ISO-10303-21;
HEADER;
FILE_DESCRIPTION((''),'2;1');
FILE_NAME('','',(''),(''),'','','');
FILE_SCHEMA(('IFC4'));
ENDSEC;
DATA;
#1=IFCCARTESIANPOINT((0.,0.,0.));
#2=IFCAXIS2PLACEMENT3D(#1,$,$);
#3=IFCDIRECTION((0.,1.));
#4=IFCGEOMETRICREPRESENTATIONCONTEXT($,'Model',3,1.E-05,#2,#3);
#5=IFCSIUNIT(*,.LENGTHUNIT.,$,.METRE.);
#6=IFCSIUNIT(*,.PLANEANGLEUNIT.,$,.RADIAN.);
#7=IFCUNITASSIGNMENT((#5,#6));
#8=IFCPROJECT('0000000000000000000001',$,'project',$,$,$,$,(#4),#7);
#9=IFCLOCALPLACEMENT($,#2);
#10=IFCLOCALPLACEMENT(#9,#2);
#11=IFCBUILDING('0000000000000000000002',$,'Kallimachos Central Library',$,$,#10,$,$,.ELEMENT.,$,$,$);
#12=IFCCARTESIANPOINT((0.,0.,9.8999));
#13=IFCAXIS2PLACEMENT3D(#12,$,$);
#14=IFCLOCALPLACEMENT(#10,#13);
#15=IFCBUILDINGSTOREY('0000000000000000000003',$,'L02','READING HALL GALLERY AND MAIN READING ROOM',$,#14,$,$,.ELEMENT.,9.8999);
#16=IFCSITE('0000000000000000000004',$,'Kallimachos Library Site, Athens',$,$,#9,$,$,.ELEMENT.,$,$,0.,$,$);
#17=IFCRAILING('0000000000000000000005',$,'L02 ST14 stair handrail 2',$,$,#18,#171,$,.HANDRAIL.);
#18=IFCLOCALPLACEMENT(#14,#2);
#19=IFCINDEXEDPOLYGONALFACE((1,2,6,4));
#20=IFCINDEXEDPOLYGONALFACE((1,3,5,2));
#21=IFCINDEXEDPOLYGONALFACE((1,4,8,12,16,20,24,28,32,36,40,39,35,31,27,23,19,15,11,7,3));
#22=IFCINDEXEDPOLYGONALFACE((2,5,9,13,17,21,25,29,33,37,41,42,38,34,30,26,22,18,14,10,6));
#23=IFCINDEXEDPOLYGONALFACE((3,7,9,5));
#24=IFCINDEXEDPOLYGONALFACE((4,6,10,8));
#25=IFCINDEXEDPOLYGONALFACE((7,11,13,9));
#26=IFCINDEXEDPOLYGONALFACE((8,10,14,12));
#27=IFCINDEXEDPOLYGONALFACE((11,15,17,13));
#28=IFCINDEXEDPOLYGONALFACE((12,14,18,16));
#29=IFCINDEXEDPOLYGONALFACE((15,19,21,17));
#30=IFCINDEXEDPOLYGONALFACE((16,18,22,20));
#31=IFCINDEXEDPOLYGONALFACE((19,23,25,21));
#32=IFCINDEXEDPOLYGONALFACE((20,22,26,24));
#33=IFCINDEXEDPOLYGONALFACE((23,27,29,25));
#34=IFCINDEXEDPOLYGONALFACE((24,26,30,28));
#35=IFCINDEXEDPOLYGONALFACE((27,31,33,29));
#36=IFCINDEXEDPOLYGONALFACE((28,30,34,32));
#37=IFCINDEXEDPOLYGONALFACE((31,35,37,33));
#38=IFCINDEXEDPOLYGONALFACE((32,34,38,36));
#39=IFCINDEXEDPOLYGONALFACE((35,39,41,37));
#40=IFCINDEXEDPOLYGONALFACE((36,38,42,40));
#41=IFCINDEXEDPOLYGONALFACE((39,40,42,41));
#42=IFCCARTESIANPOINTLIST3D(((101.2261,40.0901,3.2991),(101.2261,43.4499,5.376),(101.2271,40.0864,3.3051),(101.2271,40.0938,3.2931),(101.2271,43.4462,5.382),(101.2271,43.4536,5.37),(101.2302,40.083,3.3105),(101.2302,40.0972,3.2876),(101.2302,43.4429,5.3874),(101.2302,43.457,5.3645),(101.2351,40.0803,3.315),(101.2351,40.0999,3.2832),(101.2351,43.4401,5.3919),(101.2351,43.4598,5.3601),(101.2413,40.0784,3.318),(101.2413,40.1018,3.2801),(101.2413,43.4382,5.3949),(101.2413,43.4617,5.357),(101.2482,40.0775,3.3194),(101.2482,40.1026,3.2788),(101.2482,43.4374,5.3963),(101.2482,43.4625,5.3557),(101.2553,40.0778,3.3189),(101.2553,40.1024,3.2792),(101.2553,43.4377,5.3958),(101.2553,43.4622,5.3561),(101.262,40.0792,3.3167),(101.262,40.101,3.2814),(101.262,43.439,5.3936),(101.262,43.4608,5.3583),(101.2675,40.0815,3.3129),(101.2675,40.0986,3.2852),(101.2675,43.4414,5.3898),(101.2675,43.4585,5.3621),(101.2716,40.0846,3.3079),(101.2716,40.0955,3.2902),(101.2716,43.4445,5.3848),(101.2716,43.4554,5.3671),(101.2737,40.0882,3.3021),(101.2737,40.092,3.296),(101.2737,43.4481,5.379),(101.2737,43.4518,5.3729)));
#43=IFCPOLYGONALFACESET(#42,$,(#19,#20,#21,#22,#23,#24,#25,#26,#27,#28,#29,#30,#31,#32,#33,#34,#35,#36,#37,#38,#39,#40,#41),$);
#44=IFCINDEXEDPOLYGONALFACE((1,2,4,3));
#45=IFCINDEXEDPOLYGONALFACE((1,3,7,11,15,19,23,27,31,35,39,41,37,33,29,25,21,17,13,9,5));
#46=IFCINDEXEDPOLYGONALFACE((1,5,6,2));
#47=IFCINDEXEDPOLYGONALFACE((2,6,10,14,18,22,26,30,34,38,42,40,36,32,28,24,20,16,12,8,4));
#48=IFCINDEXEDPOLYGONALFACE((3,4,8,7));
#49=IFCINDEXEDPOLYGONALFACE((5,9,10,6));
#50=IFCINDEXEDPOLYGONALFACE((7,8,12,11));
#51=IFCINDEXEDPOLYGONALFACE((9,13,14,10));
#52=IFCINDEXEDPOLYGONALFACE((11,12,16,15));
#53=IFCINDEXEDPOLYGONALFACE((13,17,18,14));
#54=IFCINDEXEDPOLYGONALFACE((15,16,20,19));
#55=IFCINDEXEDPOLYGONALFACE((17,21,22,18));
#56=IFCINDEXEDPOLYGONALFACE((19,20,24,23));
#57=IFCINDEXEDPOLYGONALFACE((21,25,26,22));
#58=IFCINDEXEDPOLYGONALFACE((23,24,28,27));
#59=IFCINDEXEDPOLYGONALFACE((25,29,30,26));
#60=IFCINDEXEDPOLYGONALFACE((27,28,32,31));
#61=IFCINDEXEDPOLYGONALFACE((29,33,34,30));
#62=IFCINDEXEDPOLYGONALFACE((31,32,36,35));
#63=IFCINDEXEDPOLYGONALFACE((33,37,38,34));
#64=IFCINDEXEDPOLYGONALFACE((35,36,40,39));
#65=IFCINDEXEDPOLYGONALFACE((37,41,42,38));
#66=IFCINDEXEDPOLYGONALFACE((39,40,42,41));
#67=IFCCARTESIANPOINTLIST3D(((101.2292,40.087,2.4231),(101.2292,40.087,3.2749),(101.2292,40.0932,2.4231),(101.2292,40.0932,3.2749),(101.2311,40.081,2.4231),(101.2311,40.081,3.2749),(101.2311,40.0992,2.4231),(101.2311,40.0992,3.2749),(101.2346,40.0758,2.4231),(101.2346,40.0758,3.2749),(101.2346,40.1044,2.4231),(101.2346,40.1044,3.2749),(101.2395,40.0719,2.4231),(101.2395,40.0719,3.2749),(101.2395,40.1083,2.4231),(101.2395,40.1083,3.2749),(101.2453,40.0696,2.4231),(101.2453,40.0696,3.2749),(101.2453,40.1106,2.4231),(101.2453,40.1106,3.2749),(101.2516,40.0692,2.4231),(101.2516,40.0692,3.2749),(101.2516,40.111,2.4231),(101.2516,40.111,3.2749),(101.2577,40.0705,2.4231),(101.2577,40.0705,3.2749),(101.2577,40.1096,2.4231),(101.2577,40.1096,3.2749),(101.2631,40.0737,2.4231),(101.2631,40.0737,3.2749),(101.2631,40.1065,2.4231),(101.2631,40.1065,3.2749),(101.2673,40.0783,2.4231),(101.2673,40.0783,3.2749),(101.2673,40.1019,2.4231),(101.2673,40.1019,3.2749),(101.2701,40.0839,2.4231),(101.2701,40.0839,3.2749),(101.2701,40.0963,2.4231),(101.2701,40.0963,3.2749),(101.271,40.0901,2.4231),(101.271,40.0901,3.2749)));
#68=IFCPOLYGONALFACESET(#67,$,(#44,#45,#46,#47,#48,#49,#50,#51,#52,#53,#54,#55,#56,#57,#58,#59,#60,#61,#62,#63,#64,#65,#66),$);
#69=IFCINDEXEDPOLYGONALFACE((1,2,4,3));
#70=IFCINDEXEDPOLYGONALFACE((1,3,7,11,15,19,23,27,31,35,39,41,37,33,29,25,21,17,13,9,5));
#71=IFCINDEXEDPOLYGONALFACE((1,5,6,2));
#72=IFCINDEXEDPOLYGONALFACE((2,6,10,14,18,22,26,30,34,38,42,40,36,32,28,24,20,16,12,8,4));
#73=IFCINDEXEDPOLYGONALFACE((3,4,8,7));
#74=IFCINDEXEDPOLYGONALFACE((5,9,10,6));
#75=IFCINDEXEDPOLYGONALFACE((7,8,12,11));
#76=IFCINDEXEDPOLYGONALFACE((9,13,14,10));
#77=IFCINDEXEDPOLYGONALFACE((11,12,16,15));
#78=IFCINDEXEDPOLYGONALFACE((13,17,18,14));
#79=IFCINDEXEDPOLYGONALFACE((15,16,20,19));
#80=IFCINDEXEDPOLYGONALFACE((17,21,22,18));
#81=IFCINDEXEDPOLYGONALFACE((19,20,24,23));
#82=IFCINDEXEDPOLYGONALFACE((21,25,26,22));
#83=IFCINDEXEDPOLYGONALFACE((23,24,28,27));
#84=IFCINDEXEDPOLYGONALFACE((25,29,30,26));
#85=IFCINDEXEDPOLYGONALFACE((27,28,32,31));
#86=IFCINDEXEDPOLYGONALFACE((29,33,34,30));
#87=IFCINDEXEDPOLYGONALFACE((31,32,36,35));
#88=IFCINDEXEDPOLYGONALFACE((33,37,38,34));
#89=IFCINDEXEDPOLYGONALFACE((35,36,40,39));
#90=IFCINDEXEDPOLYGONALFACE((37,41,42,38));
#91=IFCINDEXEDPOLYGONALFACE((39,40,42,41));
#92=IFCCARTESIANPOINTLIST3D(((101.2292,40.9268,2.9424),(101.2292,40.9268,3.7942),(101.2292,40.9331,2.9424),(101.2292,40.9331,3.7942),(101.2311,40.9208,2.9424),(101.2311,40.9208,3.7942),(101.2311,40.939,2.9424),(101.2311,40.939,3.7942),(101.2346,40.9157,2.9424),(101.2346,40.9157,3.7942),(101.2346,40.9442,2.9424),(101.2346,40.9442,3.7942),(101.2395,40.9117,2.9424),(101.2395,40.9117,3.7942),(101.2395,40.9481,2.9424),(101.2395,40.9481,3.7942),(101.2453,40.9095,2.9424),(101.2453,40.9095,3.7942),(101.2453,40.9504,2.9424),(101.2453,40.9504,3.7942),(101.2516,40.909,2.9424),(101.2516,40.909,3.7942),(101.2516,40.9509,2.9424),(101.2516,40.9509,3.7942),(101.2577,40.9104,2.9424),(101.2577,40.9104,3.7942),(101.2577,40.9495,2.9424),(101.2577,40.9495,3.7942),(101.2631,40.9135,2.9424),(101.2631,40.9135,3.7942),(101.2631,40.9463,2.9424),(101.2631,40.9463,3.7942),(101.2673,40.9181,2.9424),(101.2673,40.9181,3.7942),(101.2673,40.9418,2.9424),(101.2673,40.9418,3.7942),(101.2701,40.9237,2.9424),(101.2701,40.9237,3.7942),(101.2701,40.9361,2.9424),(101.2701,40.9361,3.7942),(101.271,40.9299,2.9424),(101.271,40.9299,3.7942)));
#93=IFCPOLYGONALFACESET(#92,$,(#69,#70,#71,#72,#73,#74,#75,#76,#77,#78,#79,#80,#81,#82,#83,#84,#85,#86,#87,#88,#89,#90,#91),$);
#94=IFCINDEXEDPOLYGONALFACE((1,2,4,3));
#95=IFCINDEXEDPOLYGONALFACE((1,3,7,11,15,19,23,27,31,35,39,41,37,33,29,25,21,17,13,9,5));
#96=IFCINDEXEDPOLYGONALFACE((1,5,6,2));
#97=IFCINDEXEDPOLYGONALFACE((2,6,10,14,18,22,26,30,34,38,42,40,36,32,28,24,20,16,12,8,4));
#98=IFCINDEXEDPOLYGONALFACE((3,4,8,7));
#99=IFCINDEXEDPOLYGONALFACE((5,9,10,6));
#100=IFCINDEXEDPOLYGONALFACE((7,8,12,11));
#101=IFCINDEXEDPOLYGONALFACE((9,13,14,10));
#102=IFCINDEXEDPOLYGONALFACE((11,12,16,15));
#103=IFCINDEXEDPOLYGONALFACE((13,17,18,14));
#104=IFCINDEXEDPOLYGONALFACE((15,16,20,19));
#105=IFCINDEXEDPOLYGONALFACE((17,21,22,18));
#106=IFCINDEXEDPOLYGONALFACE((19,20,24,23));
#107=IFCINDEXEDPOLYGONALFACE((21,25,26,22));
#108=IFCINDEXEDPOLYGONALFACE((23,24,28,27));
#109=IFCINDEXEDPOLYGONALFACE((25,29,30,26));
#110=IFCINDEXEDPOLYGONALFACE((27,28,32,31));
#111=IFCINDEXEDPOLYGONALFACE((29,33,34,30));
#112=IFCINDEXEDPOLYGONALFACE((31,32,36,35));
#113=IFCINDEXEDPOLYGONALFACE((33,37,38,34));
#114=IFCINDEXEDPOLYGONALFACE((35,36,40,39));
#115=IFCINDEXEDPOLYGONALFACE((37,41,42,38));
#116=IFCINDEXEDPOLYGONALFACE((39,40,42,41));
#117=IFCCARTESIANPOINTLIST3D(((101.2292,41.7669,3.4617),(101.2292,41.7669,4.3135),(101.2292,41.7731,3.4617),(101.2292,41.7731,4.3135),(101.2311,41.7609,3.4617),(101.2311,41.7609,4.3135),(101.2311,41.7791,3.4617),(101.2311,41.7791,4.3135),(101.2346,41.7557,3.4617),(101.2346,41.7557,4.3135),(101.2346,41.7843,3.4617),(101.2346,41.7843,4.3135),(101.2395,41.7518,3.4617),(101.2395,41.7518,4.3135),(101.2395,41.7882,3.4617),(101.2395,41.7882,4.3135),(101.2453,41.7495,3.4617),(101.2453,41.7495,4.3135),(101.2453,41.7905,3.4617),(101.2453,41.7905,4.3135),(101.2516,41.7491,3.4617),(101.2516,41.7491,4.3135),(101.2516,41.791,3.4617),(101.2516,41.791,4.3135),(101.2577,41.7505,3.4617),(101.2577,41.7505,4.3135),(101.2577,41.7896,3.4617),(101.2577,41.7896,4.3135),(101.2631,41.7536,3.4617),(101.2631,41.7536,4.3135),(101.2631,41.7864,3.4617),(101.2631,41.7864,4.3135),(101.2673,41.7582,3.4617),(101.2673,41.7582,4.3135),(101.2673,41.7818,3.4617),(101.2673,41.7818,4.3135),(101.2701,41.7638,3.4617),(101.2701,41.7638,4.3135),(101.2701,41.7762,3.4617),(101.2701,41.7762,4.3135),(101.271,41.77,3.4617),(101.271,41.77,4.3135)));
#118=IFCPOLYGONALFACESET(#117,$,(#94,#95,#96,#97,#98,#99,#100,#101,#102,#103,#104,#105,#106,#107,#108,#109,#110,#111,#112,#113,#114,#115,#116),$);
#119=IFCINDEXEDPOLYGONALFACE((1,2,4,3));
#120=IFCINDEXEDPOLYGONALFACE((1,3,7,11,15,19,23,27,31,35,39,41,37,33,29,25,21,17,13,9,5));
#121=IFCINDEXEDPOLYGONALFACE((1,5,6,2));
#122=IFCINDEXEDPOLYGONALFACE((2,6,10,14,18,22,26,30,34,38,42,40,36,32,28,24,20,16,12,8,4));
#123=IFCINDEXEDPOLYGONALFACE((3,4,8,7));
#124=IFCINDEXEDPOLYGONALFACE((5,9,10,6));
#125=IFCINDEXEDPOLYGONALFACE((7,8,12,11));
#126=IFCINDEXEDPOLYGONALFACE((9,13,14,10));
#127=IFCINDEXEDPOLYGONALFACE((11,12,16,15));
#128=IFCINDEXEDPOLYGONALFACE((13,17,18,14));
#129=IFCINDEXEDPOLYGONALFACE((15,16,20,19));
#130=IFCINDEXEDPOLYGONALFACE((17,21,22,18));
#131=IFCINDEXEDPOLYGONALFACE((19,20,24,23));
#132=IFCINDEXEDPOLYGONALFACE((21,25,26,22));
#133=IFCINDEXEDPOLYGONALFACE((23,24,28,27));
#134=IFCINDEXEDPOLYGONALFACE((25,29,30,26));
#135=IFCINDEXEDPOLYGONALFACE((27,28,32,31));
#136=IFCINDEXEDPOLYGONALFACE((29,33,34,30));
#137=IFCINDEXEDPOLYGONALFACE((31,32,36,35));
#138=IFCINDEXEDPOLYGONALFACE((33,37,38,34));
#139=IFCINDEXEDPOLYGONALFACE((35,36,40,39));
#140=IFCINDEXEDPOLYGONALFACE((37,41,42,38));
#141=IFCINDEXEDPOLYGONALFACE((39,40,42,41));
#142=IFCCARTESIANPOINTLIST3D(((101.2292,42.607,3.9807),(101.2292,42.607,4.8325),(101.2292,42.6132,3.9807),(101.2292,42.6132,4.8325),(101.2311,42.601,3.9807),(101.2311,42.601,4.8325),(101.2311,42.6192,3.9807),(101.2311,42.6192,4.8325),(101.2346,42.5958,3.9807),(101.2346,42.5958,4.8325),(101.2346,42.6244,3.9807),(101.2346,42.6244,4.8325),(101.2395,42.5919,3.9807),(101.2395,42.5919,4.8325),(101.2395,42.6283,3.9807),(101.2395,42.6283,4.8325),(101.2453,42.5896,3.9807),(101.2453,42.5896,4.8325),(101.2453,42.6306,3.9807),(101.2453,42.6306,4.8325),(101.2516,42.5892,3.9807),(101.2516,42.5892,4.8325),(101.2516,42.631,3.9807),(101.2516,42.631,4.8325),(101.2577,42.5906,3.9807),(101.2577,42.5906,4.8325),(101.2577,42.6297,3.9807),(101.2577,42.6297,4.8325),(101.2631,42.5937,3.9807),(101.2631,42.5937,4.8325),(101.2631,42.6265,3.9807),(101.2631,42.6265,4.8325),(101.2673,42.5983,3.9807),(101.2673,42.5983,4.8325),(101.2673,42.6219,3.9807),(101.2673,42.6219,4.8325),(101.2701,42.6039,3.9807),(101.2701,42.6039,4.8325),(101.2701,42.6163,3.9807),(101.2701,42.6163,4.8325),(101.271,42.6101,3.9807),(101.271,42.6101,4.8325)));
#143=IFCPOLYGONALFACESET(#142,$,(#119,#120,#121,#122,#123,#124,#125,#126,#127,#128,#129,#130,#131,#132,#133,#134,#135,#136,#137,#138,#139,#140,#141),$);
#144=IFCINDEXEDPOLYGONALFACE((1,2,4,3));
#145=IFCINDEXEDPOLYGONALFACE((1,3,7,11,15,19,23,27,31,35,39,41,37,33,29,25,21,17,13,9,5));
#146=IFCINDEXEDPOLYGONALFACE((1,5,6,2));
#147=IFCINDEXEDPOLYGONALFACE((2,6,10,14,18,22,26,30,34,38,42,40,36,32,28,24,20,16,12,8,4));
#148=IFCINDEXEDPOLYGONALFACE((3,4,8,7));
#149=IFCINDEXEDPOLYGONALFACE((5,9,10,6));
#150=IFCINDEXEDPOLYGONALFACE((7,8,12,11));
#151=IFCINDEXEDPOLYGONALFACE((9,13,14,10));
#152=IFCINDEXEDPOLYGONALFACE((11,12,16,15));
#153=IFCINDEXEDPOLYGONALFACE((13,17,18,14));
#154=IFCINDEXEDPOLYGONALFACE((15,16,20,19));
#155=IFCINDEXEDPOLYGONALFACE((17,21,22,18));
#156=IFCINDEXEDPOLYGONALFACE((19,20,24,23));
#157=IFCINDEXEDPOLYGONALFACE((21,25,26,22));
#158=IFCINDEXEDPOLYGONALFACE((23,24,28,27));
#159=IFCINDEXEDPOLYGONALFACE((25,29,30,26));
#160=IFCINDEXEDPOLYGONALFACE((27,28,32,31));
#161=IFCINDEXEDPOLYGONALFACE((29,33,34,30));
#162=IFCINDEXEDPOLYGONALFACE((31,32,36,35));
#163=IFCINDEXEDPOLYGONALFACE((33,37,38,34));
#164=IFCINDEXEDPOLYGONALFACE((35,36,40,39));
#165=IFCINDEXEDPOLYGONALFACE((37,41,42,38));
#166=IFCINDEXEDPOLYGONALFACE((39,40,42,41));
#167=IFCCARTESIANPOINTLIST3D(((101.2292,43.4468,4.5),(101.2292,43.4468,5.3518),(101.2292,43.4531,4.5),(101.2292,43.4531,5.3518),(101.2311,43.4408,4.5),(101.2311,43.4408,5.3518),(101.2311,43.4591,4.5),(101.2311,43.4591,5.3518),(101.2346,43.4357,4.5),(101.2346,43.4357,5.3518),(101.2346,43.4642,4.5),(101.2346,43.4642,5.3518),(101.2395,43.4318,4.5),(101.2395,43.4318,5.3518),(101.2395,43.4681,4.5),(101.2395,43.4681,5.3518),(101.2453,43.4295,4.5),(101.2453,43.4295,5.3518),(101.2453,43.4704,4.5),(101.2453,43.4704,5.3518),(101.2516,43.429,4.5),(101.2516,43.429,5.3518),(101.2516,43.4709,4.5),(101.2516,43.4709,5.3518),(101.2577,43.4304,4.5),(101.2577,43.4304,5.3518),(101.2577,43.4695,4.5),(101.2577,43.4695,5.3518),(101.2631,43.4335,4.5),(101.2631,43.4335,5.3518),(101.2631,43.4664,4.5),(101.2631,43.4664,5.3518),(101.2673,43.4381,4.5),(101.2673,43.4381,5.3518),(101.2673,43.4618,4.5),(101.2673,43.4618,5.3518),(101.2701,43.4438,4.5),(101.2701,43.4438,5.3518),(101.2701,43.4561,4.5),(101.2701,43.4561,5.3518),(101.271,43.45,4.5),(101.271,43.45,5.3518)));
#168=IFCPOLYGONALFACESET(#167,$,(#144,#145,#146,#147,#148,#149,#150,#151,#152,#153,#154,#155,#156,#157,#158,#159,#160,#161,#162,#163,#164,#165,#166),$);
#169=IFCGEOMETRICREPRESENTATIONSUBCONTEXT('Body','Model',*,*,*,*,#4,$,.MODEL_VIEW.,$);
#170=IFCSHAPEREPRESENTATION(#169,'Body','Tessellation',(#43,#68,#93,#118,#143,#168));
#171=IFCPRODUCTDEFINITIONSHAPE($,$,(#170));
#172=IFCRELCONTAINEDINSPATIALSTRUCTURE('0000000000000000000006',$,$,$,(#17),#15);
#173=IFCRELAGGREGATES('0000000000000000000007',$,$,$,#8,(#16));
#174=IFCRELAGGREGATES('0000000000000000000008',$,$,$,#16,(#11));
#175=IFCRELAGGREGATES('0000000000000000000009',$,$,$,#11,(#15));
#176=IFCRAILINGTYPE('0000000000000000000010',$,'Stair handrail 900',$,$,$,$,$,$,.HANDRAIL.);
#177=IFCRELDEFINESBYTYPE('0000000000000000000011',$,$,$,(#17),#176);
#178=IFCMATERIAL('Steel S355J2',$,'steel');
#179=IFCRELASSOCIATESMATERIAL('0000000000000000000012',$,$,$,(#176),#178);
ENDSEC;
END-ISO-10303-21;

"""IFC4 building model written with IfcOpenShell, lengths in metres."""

from ifc_helpers import new_model, si_unit, direction, frame, origin, origin_2d, place, context, subcontext, project, spatial, circle, extrude, material, type_object, element, save


model = new_model("IFC4")

# Units and contexts
model_context = context("Model", 3, precision=1e-05, world=origin(), true_north=direction((0.0, 1.0)))
body_context = subcontext(model_context, "Body", "Model", "MODEL_VIEW")
ifc_project = project(units=[si_unit("LENGTHUNIT", "METRE"), si_unit("PLANEANGLEUNIT", "RADIAN")], contexts=[model_context])

# Site, building, storey
site_placement = place(None, origin())
site = spatial("IfcSite", under=ifc_project, at=site_placement, Name="Kallimachos Library Site, Athens", CompositionType="ELEMENT", RefElevation=0.0)
building_placement = place(site_placement, origin())
building = spatial("IfcBuilding", under=site, at=building_placement, Name="Kallimachos Central Library", CompositionType="ELEMENT")
storey_placement = place(building_placement, frame((0.0, 0.0, 9.8999)))
storey = spatial("IfcBuildingStorey", under=building, at=storey_placement, Name="L02", Description="READING HALL GALLERY AND MAIN READING ROOM", CompositionType="ELEMENT", Elevation=9.8999)

# Railing
ifc_material_1 = material(Name="Steel S355J2", Category="steel")
railing_type_1 = type_object("IfcRailingType", Name="Stair handrail 900", PredefinedType="HANDRAIL", material=ifc_material_1)
railing_1_placement = place(storey_placement, frame((101.25, 40.0901, 2.4231)))
element("IfcRailing", 1, at=railing_1_placement, inside=storey, type_object=railing_type_1, Name="L02 ST14 stair handrail 2", PredefinedType="HANDRAIL", context=body_context, shape_type="SweptSolid", body=[
    extrude(circle(Radius=0.0239, at=origin_2d()), frame((0.0, 0.0, 0.876), z_axis=(0.0, 0.850606, 0.525803), x_axis=(-1.0, 0.0, 0.0)), (0.0, 0.0, 1.0), 3.95),
    extrude(circle(Radius=0.021, at=origin_2d()), origin(), (0.0, 0.0, 1.0), 0.8518),
    extrude(circle(Radius=0.021, at=origin_2d()), frame((0.0, 0.8398, 0.5193)), (0.0, 0.0, 1.0), 0.8518),
    extrude(circle(Radius=0.021, at=origin_2d()), frame((0.0, 1.6799, 1.0386)), (0.0, 0.0, 1.0), 0.8518),
    extrude(circle(Radius=0.021, at=origin_2d()), frame((0.0, 2.52, 1.5576)), (0.0, 0.0, 1.0), 0.8518),
    extrude(circle(Radius=0.021, at=origin_2d()), frame((0.0, 3.3599, 2.0769)), (0.0, 0.0, 1.0), 0.8518),
])

save(model, "model.ifc")
